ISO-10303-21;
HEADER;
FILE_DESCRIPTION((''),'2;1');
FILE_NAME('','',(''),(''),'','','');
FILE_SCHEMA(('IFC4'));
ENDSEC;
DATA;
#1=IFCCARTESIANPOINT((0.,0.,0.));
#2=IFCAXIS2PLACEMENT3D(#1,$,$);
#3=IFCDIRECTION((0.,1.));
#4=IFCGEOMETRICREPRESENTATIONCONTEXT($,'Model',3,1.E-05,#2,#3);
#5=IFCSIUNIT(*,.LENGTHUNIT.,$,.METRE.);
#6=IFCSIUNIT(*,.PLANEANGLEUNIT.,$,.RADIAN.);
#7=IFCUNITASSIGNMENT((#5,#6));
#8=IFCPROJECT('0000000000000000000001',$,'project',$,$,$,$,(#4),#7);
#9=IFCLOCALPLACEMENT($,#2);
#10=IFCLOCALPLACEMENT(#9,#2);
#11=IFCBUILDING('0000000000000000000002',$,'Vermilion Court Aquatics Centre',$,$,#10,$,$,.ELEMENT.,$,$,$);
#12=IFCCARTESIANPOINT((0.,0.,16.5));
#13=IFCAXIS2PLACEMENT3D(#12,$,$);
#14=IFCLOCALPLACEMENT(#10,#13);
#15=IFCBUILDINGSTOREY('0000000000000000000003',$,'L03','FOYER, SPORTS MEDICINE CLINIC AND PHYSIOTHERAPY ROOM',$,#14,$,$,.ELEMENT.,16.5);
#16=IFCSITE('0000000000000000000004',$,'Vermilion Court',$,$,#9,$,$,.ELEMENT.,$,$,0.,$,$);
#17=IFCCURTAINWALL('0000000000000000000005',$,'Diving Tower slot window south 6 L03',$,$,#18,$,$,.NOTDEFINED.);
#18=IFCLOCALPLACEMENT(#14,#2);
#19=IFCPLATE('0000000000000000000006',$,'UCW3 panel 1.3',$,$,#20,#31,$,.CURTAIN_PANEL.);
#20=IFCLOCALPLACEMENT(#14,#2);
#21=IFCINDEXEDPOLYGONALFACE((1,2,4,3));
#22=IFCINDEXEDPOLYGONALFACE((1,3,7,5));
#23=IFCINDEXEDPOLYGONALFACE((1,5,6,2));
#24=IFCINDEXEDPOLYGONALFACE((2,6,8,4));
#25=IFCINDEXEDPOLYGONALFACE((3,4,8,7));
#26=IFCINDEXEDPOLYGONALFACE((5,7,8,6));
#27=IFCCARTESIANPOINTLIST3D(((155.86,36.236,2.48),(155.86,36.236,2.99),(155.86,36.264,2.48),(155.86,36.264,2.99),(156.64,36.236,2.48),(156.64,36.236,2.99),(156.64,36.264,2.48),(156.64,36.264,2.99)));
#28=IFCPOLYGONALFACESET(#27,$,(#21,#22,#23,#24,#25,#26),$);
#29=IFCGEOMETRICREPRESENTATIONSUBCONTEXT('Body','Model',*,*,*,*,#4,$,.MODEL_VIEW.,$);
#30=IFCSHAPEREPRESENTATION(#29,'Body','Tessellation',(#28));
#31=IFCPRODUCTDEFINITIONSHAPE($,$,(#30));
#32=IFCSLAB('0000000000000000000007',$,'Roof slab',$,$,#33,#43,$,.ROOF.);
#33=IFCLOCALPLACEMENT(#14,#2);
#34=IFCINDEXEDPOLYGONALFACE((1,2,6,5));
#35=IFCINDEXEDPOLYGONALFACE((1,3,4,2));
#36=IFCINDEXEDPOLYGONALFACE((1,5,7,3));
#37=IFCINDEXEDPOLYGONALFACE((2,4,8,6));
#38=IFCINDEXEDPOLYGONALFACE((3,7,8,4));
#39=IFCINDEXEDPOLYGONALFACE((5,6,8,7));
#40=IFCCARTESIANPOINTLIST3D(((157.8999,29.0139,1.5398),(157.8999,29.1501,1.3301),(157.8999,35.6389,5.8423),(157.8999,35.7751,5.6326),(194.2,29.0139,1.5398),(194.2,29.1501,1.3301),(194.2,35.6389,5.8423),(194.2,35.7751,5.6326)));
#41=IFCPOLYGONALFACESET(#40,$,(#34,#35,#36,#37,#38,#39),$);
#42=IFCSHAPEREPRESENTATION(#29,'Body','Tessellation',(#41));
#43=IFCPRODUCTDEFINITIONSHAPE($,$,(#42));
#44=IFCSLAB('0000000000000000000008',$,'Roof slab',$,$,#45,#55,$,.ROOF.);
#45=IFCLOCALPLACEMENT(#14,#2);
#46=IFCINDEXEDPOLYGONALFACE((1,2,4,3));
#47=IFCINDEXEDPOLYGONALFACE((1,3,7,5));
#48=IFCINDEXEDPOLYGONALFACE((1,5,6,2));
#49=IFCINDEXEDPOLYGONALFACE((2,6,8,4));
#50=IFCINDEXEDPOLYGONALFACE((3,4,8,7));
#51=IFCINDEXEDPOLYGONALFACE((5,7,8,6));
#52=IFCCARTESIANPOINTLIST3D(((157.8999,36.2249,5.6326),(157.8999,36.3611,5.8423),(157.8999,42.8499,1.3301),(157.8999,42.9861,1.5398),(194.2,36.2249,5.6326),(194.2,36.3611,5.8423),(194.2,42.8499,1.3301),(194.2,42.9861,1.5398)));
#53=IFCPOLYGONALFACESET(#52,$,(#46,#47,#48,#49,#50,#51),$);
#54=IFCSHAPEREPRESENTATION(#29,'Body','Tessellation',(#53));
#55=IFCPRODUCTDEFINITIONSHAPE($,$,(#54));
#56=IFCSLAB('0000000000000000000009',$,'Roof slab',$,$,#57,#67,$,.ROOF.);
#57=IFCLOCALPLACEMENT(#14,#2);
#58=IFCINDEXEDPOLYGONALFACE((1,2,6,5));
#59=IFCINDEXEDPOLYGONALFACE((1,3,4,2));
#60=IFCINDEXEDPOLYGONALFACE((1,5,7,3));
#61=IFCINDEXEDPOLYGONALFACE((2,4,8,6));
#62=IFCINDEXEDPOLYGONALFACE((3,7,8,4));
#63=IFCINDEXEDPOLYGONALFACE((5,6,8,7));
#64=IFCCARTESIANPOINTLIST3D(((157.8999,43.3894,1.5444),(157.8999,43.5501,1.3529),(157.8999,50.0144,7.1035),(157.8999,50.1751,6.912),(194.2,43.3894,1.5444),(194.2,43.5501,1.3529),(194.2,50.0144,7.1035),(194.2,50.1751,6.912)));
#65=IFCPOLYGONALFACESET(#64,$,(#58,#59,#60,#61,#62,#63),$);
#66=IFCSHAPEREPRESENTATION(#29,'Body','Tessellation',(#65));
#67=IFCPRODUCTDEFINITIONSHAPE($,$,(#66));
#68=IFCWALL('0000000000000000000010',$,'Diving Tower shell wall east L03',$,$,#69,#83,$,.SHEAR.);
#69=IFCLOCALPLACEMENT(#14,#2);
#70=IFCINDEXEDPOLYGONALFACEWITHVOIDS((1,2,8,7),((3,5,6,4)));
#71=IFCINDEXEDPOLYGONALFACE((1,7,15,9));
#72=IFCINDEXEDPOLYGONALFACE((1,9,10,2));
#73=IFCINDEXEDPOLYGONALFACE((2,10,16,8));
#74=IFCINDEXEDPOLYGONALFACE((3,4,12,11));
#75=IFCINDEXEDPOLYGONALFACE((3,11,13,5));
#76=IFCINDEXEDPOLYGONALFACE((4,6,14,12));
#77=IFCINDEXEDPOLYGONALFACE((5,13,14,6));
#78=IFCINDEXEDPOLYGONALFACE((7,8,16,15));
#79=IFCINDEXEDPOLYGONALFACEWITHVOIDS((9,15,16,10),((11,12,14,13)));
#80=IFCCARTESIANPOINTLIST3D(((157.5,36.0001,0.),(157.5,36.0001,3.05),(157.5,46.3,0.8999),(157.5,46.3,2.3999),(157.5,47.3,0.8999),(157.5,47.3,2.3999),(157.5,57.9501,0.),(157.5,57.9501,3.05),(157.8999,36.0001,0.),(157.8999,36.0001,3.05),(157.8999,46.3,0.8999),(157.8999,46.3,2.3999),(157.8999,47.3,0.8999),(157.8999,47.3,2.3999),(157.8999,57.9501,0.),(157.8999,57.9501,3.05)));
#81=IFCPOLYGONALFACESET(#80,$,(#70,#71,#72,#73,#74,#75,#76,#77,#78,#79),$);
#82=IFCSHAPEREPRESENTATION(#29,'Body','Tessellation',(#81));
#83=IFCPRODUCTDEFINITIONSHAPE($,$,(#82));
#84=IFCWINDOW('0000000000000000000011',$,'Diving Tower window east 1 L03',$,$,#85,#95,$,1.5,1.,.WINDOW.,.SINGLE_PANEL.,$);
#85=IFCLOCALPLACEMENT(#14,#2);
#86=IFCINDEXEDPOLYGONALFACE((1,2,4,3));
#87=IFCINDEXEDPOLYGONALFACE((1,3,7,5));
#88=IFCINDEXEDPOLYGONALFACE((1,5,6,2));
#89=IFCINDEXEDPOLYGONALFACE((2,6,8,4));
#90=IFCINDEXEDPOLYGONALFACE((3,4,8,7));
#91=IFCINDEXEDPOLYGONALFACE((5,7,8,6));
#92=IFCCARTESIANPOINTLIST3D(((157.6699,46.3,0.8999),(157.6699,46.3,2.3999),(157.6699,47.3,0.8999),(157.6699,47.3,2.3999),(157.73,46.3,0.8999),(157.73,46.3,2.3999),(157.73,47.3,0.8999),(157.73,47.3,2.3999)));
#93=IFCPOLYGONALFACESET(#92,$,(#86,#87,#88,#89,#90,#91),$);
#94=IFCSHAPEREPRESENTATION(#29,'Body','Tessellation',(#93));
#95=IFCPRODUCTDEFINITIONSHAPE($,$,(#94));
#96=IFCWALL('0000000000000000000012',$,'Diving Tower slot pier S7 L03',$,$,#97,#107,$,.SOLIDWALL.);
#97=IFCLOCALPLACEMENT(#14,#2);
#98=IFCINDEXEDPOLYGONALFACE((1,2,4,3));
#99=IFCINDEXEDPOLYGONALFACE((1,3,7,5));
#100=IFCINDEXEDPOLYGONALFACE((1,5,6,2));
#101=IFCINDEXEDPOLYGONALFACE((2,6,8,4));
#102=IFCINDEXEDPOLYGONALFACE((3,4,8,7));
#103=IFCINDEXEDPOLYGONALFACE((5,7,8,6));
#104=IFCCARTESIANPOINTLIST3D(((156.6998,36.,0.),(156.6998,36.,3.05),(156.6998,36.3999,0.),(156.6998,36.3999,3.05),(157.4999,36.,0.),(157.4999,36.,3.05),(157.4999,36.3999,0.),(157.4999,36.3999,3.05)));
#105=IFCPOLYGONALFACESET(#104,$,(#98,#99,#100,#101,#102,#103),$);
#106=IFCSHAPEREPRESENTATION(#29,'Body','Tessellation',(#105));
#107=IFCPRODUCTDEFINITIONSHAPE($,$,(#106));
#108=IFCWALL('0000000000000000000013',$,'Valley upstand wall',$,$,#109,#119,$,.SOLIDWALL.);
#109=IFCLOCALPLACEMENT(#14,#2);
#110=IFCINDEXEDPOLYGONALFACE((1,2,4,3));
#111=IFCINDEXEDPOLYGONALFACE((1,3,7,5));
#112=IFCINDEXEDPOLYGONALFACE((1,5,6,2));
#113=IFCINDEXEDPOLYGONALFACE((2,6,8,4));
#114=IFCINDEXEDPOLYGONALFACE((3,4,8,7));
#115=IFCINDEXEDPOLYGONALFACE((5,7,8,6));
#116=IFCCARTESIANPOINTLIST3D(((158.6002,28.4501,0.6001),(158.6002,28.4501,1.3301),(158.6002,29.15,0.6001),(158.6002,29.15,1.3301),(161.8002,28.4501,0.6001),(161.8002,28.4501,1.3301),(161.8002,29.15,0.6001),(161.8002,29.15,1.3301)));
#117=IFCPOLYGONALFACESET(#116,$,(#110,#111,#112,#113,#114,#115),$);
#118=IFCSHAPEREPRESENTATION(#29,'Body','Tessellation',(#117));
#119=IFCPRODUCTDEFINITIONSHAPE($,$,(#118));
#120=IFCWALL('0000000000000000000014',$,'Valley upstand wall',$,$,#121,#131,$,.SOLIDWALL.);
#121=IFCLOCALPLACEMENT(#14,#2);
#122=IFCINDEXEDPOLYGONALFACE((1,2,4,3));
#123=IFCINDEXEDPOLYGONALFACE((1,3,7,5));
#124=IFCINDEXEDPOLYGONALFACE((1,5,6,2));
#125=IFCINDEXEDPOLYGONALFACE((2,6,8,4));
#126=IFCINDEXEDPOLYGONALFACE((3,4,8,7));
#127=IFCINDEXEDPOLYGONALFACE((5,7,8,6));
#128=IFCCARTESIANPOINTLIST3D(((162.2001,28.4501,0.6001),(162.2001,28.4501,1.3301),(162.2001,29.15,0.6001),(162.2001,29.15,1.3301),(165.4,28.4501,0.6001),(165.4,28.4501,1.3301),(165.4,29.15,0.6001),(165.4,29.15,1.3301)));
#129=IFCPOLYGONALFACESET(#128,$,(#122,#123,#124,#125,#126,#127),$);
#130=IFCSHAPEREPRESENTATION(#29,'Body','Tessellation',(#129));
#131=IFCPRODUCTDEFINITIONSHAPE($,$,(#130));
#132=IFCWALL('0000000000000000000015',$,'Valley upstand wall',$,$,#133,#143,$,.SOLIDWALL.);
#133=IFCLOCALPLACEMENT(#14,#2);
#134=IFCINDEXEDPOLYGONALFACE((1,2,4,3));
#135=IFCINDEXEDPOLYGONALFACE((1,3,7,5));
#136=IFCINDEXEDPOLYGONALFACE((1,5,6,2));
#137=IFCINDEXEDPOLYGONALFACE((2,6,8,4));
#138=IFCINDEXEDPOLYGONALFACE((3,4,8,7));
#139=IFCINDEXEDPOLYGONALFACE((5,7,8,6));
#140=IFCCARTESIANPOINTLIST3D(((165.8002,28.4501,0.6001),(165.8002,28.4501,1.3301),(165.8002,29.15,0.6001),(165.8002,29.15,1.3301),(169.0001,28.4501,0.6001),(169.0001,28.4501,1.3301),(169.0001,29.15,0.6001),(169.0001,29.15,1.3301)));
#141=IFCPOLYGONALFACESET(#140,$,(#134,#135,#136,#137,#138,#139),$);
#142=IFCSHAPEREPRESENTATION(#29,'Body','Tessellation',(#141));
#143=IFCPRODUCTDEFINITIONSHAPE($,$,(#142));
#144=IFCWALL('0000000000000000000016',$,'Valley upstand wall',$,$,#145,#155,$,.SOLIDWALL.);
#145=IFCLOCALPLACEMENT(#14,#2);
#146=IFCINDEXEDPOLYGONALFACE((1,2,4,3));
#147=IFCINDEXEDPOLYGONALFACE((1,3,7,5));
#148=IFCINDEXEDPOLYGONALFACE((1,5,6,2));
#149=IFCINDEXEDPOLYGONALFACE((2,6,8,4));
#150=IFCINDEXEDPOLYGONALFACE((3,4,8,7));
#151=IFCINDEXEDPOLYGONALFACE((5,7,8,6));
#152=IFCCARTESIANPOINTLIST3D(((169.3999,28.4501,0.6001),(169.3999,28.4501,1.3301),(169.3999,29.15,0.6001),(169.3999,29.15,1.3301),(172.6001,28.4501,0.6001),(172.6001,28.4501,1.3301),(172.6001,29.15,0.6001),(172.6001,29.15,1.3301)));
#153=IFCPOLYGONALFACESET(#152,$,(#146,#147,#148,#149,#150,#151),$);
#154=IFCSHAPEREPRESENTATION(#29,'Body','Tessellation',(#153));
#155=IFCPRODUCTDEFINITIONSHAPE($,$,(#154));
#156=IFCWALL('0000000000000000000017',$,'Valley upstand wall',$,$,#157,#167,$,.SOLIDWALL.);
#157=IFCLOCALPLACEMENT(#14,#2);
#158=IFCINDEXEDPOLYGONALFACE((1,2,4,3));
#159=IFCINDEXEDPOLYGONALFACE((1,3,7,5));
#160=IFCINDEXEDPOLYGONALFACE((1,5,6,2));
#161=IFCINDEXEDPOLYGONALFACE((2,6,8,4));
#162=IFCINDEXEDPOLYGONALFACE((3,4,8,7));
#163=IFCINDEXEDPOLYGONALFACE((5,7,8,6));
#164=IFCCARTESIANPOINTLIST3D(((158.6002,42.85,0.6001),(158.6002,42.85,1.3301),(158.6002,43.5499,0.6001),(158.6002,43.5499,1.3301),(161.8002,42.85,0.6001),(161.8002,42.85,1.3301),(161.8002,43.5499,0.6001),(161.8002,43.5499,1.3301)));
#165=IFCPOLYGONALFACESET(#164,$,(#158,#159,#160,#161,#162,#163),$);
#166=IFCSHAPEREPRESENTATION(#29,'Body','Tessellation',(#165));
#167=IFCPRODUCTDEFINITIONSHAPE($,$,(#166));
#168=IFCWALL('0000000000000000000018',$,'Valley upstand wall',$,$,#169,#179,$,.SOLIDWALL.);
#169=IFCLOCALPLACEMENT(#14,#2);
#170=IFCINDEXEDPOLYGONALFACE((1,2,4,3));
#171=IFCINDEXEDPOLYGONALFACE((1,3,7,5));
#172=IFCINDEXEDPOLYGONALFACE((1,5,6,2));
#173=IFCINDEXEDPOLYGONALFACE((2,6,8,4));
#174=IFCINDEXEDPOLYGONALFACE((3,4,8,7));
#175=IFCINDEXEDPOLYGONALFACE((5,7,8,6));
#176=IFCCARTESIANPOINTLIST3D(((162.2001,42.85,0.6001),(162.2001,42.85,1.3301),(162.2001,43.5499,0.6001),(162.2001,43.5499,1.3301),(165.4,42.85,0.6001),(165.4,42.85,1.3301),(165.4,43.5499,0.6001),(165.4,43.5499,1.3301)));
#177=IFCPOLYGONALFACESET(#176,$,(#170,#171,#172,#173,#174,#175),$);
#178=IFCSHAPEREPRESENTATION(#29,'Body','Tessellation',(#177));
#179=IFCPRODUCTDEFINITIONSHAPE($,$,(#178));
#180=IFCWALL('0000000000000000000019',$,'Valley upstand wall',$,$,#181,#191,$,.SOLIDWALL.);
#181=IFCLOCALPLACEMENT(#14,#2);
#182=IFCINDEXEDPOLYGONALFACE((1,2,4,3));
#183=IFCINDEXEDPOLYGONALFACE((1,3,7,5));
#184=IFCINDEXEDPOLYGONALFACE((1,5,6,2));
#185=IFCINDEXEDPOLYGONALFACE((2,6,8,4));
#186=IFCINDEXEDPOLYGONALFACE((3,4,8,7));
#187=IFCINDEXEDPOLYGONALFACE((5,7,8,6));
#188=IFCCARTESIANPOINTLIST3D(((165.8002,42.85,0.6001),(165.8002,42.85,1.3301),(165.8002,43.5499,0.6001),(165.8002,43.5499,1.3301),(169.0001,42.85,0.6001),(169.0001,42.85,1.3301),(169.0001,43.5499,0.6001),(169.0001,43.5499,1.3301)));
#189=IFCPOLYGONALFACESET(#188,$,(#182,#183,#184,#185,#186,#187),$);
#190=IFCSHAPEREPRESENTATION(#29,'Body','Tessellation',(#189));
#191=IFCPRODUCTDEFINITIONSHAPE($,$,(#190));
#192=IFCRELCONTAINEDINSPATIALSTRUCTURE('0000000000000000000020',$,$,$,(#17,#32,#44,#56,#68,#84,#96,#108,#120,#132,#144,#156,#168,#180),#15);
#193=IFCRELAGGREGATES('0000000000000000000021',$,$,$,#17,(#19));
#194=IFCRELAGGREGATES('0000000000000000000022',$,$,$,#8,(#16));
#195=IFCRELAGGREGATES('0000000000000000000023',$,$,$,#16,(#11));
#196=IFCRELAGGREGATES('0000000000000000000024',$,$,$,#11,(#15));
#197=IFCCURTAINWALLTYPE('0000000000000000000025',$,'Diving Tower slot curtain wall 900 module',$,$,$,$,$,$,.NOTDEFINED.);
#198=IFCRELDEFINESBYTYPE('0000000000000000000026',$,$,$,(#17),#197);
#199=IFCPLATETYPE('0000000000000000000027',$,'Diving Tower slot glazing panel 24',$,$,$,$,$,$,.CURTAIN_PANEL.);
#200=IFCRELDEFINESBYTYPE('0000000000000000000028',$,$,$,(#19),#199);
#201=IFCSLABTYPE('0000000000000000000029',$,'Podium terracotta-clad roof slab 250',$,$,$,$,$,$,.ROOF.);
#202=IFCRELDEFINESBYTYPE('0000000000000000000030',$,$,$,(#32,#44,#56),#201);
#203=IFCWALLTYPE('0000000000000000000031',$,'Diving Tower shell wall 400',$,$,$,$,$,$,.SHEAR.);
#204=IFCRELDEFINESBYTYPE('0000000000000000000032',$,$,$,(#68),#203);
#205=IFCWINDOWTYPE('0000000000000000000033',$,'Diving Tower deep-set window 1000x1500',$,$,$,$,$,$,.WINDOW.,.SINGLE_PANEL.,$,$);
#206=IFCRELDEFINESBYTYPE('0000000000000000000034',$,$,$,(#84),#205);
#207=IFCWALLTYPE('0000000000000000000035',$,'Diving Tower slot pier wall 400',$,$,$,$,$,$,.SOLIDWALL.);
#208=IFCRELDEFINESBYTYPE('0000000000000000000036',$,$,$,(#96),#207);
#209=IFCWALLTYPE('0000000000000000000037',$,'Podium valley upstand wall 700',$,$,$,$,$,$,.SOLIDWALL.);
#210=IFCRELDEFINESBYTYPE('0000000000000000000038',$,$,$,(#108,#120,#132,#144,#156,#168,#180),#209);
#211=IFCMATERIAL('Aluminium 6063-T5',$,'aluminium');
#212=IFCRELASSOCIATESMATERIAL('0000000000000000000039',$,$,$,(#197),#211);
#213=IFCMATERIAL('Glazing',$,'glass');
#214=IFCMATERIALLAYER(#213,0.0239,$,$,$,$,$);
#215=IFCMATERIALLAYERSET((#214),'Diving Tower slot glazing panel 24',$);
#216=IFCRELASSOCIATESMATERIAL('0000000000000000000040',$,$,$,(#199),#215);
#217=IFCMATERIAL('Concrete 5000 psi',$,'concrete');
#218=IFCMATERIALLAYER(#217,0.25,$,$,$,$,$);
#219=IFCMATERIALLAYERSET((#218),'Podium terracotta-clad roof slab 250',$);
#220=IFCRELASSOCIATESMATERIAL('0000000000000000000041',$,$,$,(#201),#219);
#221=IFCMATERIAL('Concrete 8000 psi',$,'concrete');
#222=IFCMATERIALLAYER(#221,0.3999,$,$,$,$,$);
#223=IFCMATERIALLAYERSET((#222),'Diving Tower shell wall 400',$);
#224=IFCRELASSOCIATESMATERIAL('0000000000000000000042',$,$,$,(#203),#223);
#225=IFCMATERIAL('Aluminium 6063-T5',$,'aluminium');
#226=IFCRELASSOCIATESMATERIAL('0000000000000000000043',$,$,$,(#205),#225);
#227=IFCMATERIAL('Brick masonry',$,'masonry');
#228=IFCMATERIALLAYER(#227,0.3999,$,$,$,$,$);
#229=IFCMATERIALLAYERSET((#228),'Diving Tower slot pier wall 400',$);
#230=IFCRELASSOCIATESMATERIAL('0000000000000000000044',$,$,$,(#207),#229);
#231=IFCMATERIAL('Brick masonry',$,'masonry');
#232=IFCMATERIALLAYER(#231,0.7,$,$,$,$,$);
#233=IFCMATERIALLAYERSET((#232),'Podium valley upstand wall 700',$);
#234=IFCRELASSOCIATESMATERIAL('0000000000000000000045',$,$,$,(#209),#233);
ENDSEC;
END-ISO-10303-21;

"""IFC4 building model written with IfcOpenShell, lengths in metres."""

from ifc_helpers import new_model, si_unit, direction, frame, frame_2d, origin, origin_2d, place, context, subcontext, project, spatial, polyline, rectangle, outline, extrude, material, layer, layer_set, type_object, element, fill, aggregate, save


model = new_model("IFC4")

# Units and contexts
model_context = context("Model", 3, precision=1e-05, world=origin(), true_north=direction((0.0, 1.0)))
body_context = subcontext(model_context, "Body", "Model", "MODEL_VIEW")
ifc_project = project(units=[si_unit("LENGTHUNIT", "METRE"), si_unit("PLANEANGLEUNIT", "RADIAN")], contexts=[model_context])

# Site, building, storey
site_placement = place(None, origin())
site = spatial("IfcSite", under=ifc_project, at=site_placement, Name="Vermilion Court", CompositionType="ELEMENT", RefElevation=0.0)
building_placement = place(site_placement, origin())
building = spatial("IfcBuilding", under=site, at=building_placement, Name="Vermilion Court Aquatics Centre", CompositionType="ELEMENT")
storey_placement = place(building_placement, frame((0.0, 0.0, 16.5)))
storey = spatial("IfcBuildingStorey", under=building, at=storey_placement, Name="L03", Description="FOYER, SPORTS MEDICINE CLINIC AND PHYSIOTHERAPY ROOM", CompositionType="ELEMENT", Elevation=16.5)

# Curtain wall
ifc_material_1 = material(Name="Aluminium 6063-T5", Category="aluminium")
curtain_wall_type = type_object("IfcCurtainWallType", Name="Diving Tower slot curtain wall 900 module", PredefinedType="NOTDEFINED", material=ifc_material_1)
curtain_wall_placement = place(storey_placement, origin())
curtain_wall = element("IfcCurtainWall", 1, at=curtain_wall_placement, inside=storey, type_object=curtain_wall_type, Name="Diving Tower slot window south 6 L03", PredefinedType="NOTDEFINED")

# Plate
ifc_material_2 = material(Name="Glazing", Category="glass")
ifc_layer_1 = layer(ifc_material_2, 0.0239)
ifc_layer_set_1 = layer_set([ifc_layer_1], Name="Diving Tower slot glazing panel 24")
plate_type = type_object("IfcPlateType", Name="Diving Tower slot glazing panel 24", PredefinedType="CURTAIN_PANEL", material=ifc_layer_set_1)
plate_placement = place(storey_placement, frame((156.25, 36.25, 2.48), z_axis=(0.0, 0.0, 1.0), x_axis=(1.0, 0.0, 0.0)))
plate = element("IfcPlate", 2, at=plate_placement, type_object=plate_type, Name="UCW3 panel 1.3", PredefinedType="CURTAIN_PANEL", context=body_context, shape_type="SweptSolid", body=[
    extrude(rectangle(XDim=0.78, YDim=0.0281, at=origin_2d()), origin(), (0.0, 0.0, 1.0), 0.51),
])
aggregate(curtain_wall, [plate])

# Slabs
ifc_material_3 = material(Name="Concrete 5000 psi", Category="concrete")
ifc_layer_2 = layer(ifc_material_3, 0.25)
ifc_layer_set_2 = layer_set([ifc_layer_2], Name="Podium terracotta-clad roof slab 250")
slab_type = type_object("IfcSlabType", Name="Podium terracotta-clad roof slab 250", PredefinedType="ROOF", material=ifc_layer_set_2)
slab_1_placement = place(storey_placement, frame((157.8999, 29.0139, 1.5398), z_axis=(0.0, -0.544654, 0.838661), x_axis=(1.0, 0.0, 0.0)))
element("IfcSlab", 3, at=slab_1_placement, inside=storey, type_object=slab_type, Name="Roof slab", PredefinedType="ROOF", context=body_context, shape_type="SweptSolid", body=[
    extrude(outline(polyline([(0.0, 0.0), (36.3, 0.0), (36.3, 7.8995), (0.0, 7.8995), (0.0, 0.0)])), origin(), (0.0, 0.0, -1.0), 0.25),
])
slab_2_placement = place(storey_placement, frame((157.8999, 42.9861, 1.5398), z_axis=(0.0, 0.544654, 0.838661), x_axis=(1.0, 0.0, 0.0)))
element("IfcSlab", 4, at=slab_2_placement, inside=storey, type_object=slab_type, Name="Roof slab", PredefinedType="ROOF", context=body_context, shape_type="SweptSolid", body=[
    extrude(outline(polyline([(0.0, 0.0), (36.3, 0.0), (36.3, -7.8995), (0.0, -7.8995), (0.0, 0.0)])), origin(), (0.0, 0.0, -1.0), 0.25),
])
slab_3_placement = place(storey_placement, frame((157.8999, 43.3894, 1.5444), z_axis=(0.0, -0.642791, 0.766042), x_axis=(1.0, 0.0, 0.0)))
element("IfcSlab", 5, at=slab_3_placement, inside=storey, type_object=slab_type, Name="Roof slab", PredefinedType="ROOF", context=body_context, shape_type="SweptSolid", body=[
    extrude(outline(polyline([(0.0, 0.0), (36.3, 0.0), (36.3, 8.6484), (0.0, 8.6484), (0.0, 0.0)])), origin(), (0.0, 0.0, -1.0), 0.25),
])

# Wall, opening, window
ifc_material_4 = material(Name="Concrete 8000 psi", Category="concrete")
ifc_layer_3 = layer(ifc_material_4, 0.3999)
ifc_layer_set_3 = layer_set([ifc_layer_3], Name="Diving Tower shell wall 400")
wall_type_1 = type_object("IfcWallType", Name="Diving Tower shell wall 400", PredefinedType="SHEAR", material=ifc_layer_set_3)
wall_1_placement = place(storey_placement, frame((157.7, 36.0, 0.0), z_axis=(0.0, 0.0, 1.0), x_axis=(0.0, 1.0, 0.0)))
wall_1 = element("IfcWall", 6, at=wall_1_placement, inside=storey, type_object=wall_type_1, Name="Diving Tower shell wall east L03", PredefinedType="SHEAR", context=body_context, shape_type="SweptSolid", body=[
    extrude(rectangle(XDim=21.95, YDim=0.3999, at=frame_2d((10.9751, 0.0))), origin(), (0.0, 0.0, 1.0), 3.05),
])
opening_placement = place(wall_1_placement, frame((10.3, 0.0, 0.8999)))
opening = element("IfcOpeningElement", 7, at=opening_placement, cuts=wall_1, PredefinedType="OPENING", context=body_context, shape_type="SweptSolid", body=[
    extrude(rectangle(XDim=1.0, YDim=1.5, at=frame_2d((0.5, 0.75))), frame((0.0, 0.21, 0.0), z_axis=(0.0, -1.0, 0.0), x_axis=(1.0, 0.0, 0.0)), (0.0, 0.0, 1.0), 0.4199),
])
ifc_material_5 = material(Name="Aluminium 6063-T5", Category="aluminium")
window_type = type_object("IfcWindowType", Name="Diving Tower deep-set window 1000x1500", PartitioningType="SINGLE_PANEL", PredefinedType="WINDOW", material=ifc_material_5)
window_placement = place(opening_placement, origin())
window = element("IfcWindow", 8, at=window_placement, inside=storey, type_object=window_type, Name="Diving Tower window east 1 L03", OverallHeight=1.5, OverallWidth=1.0, PartitioningType="SINGLE_PANEL", PredefinedType="WINDOW", context=body_context, shape_type="SweptSolid", body=[
    extrude(rectangle(XDim=1.0, YDim=1.5, at=frame_2d((0.5, 0.75))), frame((0.0, 0.03, 0.0), z_axis=(0.0, -1.0, 0.0), x_axis=(1.0, 0.0, 0.0)), (0.0, 0.0, 1.0), 0.0601),
])
fill(opening, window)

# Walls
ifc_material_6 = material(Name="Brick masonry", Category="masonry")
ifc_layer_4 = layer(ifc_material_6, 0.3999)
ifc_layer_set_4 = layer_set([ifc_layer_4], Name="Diving Tower slot pier wall 400")
wall_type_2 = type_object("IfcWallType", Name="Diving Tower slot pier wall 400", PredefinedType="SOLIDWALL", material=ifc_layer_set_4)
wall_2_placement = place(storey_placement, frame((156.7, 36.2, 0.0), z_axis=(0.0, 0.0, 1.0), x_axis=(1.0, 0.0, 0.0)))
element("IfcWall", 9, at=wall_2_placement, inside=storey, type_object=wall_type_2, Name="Diving Tower slot pier S7 L03", PredefinedType="SOLIDWALL", context=body_context, shape_type="SweptSolid", body=[
    extrude(rectangle(XDim=0.8, YDim=0.3999, at=frame_2d((0.3999, 0.0))), origin(), (0.0, 0.0, 1.0), 3.05),
])
ifc_material_7 = material(Name="Brick masonry", Category="masonry")
ifc_layer_5 = layer(ifc_material_7, 0.7)
ifc_layer_set_5 = layer_set([ifc_layer_5], Name="Podium valley upstand wall 700")
wall_type_3 = type_object("IfcWallType", Name="Podium valley upstand wall 700", PredefinedType="SOLIDWALL", material=ifc_layer_set_5)
for number, where, z_axis, x_axis, name in (
    (10, (158.6001, 28.8, 0.6001), (0.0, 0.0, 1.0), (1.0, 0.0, 0.0), "Valley upstand wall"),
    (11, (162.2, 28.8, 0.6001), (0.0, 0.0, 1.0), (1.0, 0.0, 0.0), "Valley upstand wall"),
    (12, (165.8, 28.8, 0.6001), (0.0, 0.0, 1.0), (1.0, 0.0, 0.0), "Valley upstand wall"),
):
    element("IfcWall", number, at=place(storey_placement, frame(where, z_axis=z_axis, x_axis=x_axis)), inside=storey, type_object=wall_type_3, Name=name, PredefinedType="SOLIDWALL", context=body_context, shape_type="SweptSolid", body=[
        extrude(rectangle(XDim=3.2, YDim=0.7, at=frame_2d((1.6001, 0.0))), origin(), (0.0, 0.0, 1.0), 0.73),
    ])
wall_3_placement = place(storey_placement, frame((169.3999, 28.8, 0.6001), z_axis=(0.0, 0.0, 1.0), x_axis=(1.0, 0.0, 0.0)))
element("IfcWall", 13, at=wall_3_placement, inside=storey, type_object=wall_type_3, Name="Valley upstand wall", PredefinedType="SOLIDWALL", context=body_context, shape_type="SweptSolid", body=[
    extrude(rectangle(XDim=3.2002, YDim=0.7, at=frame_2d((1.6001, 0.0))), origin(), (0.0, 0.0, 1.0), 0.73),
])
for number, where, z_axis, x_axis, name in (
    (14, (158.6001, 43.2, 0.6001), (0.0, 0.0, 1.0), (1.0, 0.0, 0.0), "Valley upstand wall"),
    (15, (162.2, 43.2, 0.6001), (0.0, 0.0, 1.0), (1.0, 0.0, 0.0), "Valley upstand wall"),
    (16, (165.8, 43.2, 0.6001), (0.0, 0.0, 1.0), (1.0, 0.0, 0.0), "Valley upstand wall"),
):
    element("IfcWall", number, at=place(storey_placement, frame(where, z_axis=z_axis, x_axis=x_axis)), inside=storey, type_object=wall_type_3, Name=name, PredefinedType="SOLIDWALL", context=body_context, shape_type="SweptSolid", body=[
        extrude(rectangle(XDim=3.2, YDim=0.7, at=frame_2d((1.6001, 0.0))), origin(), (0.0, 0.0, 1.0), 0.73),
    ])

save(model, "model.ifc")
